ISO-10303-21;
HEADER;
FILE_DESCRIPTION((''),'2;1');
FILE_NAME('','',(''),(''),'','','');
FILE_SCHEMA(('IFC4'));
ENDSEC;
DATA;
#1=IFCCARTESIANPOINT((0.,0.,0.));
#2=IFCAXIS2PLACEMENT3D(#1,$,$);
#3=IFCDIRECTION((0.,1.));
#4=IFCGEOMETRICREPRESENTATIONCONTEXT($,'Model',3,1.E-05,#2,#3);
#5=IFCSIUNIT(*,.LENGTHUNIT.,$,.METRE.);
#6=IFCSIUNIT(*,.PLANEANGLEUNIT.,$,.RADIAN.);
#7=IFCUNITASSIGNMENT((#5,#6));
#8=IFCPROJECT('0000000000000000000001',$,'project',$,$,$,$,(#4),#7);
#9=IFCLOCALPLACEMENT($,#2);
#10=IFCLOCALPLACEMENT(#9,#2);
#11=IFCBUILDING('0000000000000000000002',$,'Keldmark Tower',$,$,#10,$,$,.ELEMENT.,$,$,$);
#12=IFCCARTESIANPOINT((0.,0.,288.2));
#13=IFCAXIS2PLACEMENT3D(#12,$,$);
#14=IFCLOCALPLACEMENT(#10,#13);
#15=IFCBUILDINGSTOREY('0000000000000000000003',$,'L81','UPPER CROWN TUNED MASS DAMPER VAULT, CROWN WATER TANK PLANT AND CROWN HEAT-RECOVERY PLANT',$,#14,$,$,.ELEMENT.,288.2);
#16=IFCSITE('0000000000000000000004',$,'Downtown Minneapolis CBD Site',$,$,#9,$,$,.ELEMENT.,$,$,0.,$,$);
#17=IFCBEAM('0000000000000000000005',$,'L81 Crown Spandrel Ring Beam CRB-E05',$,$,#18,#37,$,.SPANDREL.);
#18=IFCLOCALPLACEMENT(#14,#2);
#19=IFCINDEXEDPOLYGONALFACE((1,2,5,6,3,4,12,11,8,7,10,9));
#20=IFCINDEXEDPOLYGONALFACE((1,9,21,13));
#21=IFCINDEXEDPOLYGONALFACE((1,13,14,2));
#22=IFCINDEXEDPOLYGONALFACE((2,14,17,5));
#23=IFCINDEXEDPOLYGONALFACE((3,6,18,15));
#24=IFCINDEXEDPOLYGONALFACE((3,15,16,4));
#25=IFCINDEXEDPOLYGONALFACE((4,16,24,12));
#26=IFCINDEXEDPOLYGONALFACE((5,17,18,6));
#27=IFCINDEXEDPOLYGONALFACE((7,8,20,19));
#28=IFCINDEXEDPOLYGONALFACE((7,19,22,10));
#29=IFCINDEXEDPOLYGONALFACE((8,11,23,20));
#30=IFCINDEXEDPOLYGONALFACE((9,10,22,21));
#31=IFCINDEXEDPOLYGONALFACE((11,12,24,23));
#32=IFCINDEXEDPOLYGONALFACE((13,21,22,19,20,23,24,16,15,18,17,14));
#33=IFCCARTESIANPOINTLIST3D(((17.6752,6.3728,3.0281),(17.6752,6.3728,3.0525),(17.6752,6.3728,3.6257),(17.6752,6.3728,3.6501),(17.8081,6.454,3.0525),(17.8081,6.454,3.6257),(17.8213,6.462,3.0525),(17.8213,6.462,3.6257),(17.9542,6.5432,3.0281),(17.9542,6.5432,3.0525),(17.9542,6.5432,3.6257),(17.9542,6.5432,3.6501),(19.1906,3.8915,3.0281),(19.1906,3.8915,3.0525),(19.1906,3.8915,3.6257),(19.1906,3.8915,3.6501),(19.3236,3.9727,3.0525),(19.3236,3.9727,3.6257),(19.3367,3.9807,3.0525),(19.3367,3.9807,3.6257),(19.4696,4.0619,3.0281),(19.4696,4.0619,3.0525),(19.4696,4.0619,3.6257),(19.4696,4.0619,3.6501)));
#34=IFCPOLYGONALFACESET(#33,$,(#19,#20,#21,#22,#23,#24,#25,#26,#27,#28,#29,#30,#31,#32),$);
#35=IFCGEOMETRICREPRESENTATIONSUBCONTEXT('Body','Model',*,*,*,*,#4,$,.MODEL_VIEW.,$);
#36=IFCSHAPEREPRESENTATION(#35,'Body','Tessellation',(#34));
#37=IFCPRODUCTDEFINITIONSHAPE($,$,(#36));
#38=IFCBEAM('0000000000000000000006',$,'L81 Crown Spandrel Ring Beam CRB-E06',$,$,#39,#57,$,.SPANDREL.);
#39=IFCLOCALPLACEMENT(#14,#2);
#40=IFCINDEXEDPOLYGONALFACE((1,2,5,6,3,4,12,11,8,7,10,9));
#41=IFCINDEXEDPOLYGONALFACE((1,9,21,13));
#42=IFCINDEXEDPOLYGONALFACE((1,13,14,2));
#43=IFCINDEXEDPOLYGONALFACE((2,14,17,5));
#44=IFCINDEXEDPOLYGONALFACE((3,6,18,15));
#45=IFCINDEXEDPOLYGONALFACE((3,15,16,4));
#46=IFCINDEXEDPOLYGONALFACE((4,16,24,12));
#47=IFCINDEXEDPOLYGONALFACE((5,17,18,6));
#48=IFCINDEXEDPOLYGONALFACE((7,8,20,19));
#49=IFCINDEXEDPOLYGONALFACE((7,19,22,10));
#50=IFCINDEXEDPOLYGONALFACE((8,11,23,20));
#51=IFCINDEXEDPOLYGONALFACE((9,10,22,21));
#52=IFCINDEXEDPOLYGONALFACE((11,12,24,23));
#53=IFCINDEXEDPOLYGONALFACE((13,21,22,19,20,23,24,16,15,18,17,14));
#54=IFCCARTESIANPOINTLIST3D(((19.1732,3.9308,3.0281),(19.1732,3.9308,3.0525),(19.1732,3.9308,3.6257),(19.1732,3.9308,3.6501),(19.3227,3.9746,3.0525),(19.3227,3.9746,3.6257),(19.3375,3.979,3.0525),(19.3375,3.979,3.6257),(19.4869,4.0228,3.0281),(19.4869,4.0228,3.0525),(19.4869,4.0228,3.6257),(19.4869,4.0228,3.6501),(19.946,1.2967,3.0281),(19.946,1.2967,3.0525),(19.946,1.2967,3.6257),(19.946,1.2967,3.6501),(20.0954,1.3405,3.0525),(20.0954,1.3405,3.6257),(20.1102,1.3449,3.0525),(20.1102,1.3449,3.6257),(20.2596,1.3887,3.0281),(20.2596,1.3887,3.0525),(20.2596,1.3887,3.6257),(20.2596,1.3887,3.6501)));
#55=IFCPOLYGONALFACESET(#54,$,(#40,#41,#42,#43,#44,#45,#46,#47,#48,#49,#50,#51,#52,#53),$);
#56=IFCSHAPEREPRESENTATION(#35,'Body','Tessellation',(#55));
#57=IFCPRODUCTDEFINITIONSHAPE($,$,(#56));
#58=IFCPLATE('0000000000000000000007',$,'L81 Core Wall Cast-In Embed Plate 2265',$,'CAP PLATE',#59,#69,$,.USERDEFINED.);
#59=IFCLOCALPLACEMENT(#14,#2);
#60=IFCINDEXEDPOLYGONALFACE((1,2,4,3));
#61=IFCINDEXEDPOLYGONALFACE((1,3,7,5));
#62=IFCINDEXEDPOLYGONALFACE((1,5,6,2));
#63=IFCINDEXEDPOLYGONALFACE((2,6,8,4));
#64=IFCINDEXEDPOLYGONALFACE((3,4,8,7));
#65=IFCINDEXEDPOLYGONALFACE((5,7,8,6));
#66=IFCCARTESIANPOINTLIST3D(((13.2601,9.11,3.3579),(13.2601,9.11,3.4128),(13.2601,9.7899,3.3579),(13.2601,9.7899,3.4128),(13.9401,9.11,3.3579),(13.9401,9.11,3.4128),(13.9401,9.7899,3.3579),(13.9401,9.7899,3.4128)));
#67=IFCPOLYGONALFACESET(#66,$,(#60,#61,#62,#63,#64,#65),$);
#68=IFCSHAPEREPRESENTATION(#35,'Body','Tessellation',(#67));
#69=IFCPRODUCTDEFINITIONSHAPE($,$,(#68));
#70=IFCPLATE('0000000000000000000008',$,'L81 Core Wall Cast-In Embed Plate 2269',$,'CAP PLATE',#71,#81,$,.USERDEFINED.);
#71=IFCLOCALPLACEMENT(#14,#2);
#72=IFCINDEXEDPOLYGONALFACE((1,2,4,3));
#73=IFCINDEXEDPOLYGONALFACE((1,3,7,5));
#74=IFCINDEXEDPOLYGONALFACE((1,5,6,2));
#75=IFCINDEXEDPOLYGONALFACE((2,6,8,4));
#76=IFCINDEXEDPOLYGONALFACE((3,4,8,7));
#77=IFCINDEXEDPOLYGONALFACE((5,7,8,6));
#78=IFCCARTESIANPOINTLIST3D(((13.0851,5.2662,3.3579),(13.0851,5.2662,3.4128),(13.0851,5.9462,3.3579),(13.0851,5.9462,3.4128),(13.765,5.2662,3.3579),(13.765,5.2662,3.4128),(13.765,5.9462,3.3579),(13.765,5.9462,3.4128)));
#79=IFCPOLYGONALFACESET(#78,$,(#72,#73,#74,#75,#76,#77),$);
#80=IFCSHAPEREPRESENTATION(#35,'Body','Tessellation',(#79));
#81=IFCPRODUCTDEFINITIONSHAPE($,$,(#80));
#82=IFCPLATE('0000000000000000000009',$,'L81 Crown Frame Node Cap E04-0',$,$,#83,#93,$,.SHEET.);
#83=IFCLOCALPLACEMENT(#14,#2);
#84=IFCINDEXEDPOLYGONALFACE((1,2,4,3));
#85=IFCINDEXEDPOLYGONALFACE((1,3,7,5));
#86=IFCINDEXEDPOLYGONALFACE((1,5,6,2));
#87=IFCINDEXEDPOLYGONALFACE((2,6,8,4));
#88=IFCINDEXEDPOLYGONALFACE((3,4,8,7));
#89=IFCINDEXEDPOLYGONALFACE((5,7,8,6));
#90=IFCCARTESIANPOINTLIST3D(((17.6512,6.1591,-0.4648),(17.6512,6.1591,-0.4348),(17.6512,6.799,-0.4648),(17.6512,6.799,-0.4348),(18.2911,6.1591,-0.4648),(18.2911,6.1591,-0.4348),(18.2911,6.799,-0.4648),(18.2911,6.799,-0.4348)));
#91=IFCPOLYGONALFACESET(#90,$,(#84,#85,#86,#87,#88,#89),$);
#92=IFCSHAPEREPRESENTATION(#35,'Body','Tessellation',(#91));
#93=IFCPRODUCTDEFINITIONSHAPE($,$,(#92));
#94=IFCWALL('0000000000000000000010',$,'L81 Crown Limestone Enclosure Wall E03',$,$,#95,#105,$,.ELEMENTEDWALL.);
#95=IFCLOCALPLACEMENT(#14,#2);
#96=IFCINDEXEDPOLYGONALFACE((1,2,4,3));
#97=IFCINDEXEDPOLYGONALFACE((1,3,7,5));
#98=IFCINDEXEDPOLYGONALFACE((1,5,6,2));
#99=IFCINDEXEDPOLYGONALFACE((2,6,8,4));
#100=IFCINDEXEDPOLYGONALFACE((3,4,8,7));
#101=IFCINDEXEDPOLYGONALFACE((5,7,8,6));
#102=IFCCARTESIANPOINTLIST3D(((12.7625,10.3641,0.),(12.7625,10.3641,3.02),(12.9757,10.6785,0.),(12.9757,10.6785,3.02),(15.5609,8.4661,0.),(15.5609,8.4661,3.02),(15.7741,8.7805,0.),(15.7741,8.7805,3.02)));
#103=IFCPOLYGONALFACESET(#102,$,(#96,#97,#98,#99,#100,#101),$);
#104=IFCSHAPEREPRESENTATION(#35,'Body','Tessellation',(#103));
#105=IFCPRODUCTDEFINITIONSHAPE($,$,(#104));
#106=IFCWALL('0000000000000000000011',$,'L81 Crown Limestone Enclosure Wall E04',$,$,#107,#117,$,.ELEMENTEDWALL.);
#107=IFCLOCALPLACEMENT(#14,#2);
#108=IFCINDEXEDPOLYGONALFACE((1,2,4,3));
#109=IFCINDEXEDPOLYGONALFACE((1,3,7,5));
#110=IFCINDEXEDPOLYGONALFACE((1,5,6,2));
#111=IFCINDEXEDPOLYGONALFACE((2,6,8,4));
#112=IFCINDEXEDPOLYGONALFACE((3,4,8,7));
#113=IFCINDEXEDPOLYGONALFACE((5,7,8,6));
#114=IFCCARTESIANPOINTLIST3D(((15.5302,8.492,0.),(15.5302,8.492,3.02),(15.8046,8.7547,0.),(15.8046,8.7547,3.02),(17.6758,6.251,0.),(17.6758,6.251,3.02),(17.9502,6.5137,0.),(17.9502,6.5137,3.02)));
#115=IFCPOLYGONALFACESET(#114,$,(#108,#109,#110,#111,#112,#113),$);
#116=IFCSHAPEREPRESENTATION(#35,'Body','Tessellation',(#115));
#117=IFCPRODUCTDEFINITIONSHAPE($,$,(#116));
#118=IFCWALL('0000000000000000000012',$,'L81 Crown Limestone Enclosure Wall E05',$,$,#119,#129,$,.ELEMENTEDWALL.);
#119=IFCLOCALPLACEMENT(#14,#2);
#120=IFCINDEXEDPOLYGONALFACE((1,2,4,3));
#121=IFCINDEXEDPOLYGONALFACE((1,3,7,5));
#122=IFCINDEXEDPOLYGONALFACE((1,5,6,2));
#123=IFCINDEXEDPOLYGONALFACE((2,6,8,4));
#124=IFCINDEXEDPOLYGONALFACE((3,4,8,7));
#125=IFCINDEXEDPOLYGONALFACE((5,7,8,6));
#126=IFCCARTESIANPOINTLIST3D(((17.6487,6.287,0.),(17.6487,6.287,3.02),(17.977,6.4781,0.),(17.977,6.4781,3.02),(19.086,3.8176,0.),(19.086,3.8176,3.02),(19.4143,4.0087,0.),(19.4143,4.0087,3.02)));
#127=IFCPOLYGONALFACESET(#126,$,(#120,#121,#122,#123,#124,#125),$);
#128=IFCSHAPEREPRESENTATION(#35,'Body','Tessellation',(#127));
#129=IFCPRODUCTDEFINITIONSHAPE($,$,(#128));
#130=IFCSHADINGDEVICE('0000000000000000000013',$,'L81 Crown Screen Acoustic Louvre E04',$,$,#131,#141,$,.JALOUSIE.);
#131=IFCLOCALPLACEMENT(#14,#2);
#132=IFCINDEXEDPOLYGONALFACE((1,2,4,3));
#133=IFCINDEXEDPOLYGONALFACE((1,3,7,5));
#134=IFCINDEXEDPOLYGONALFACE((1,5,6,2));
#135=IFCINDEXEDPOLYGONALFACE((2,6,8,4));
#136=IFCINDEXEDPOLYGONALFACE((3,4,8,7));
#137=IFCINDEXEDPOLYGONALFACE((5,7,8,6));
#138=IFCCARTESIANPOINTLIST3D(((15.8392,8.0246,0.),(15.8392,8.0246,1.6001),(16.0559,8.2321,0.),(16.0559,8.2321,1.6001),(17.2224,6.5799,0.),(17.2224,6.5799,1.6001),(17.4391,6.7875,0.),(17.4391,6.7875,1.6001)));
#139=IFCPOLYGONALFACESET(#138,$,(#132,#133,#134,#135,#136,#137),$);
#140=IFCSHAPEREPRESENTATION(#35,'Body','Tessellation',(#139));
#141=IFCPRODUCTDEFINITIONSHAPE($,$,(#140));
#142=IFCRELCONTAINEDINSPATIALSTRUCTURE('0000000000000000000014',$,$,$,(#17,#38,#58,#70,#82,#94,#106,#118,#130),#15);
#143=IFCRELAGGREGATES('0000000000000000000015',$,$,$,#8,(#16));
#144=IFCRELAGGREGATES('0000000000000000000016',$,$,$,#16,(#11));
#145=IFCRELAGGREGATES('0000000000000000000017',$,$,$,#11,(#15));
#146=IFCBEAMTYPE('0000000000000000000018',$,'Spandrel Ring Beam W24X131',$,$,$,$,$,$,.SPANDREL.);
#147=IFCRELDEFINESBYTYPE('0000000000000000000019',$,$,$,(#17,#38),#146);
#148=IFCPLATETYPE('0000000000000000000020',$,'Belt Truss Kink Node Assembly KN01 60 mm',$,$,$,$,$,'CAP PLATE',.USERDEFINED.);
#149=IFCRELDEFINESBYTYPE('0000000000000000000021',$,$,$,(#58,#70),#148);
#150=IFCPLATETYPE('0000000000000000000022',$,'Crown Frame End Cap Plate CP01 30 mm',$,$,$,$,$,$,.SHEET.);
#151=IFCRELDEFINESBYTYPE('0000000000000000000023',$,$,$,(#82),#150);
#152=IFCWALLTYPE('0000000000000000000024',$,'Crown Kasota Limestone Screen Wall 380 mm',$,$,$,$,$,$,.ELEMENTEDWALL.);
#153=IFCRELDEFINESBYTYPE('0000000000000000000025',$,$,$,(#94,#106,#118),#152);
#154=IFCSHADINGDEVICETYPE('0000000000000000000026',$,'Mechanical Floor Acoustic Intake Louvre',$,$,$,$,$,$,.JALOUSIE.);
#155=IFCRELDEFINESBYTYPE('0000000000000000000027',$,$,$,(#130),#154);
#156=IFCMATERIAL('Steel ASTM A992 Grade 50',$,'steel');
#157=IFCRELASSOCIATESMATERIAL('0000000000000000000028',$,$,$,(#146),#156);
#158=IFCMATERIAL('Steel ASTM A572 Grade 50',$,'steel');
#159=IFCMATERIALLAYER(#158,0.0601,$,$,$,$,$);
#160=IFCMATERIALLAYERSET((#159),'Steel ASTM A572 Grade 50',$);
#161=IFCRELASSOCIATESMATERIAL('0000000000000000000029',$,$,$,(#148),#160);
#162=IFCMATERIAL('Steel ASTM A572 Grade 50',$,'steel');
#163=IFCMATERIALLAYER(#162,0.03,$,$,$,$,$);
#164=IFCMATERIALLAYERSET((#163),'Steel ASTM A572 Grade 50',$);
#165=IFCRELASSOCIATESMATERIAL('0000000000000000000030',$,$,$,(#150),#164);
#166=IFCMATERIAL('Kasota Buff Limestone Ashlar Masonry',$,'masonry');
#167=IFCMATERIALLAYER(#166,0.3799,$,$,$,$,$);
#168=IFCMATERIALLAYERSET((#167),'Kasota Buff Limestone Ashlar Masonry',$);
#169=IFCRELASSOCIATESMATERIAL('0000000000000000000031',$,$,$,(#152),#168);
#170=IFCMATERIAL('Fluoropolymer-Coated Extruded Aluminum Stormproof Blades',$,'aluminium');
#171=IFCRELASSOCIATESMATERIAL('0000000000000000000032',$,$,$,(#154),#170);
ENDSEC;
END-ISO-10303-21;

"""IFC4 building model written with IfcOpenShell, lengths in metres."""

from ifc_helpers import new_model, si_unit, direction, frame, frame_2d, origin, origin_2d, place, context, subcontext, project, spatial, rectangle, i_section, extrude, material, layer, layer_set, material_profile, profile_set, type_object, element, save


model = new_model("IFC4")

# Units and contexts
model_context = context("Model", 3, precision=1e-05, world=origin(), true_north=direction((0.0, 1.0)))
body_context = subcontext(model_context, "Body", "Model", "MODEL_VIEW")
ifc_project = project(units=[si_unit("LENGTHUNIT", "METRE"), si_unit("PLANEANGLEUNIT", "RADIAN")], contexts=[model_context])

# Site, building, storey
site_placement = place(None, origin())
site = spatial("IfcSite", under=ifc_project, at=site_placement, Name="Downtown Minneapolis CBD Site", CompositionType="ELEMENT", RefElevation=0.0)
building_placement = place(site_placement, origin())
building = spatial("IfcBuilding", under=site, at=building_placement, Name="Keldmark Tower", CompositionType="ELEMENT")
storey_placement = place(building_placement, frame((0.0, 0.0, 288.2)))
storey = spatial("IfcBuildingStorey", under=building, at=storey_placement, Name="L81", Description="UPPER CROWN TUNED MASS DAMPER VAULT, CROWN WATER TANK PLANT AND CROWN HEAT-RECOVERY PLANT", CompositionType="ELEMENT", Elevation=288.2)

# Beams
ifc_material_1 = material(Name="Steel ASTM A992 Grade 50", Category="steel")
ifc_material_profile_1 = material_profile(ifc_material_1, i_section(OverallWidth=0.3269, OverallDepth=0.6221, WebThickness=0.0154, FlangeThickness=0.0244, at=origin_2d()), Name="W24X131")
ifc_profile_set_1 = profile_set([ifc_material_profile_1], Name="Steel ASTM A992 Grade 50")
beam_type_1 = type_object("IfcBeamType", Name="Spandrel Ring Beam W24X131", PredefinedType="SPANDREL", material=ifc_profile_set_1)
beam_1_placement = place(storey_placement, frame((17.8147, 6.458, 3.3391), z_axis=(0.521222, -0.853421, 0.0), x_axis=(0.853421, 0.521222, 0.0)))
element("IfcBeam", 1, at=beam_1_placement, inside=storey, type_object=beam_type_1, Name="L81 Crown Spandrel Ring Beam CRB-E05", PredefinedType="SPANDREL", context=body_context, shape_type="SweptSolid", body=[
    extrude(i_section(OverallWidth=0.3269, OverallDepth=0.6221, WebThickness=0.0154, FlangeThickness=0.0244, at=origin_2d()), origin(), (0.0, 0.0, 1.0), 2.9075),
])
beam_2_placement = place(storey_placement, frame((19.3301, 3.9768, 3.3391), z_axis=(0.281492, -0.959564, 0.0), x_axis=(0.959564, 0.281492, 0.0)))
element("IfcBeam", 2, at=beam_2_placement, inside=storey, type_object=beam_type_1, Name="L81 Crown Spandrel Ring Beam CRB-E06", PredefinedType="SPANDREL", context=body_context, shape_type="SweptSolid", body=[
    extrude(i_section(OverallWidth=0.3269, OverallDepth=0.6221, WebThickness=0.0154, FlangeThickness=0.0244, at=origin_2d()), origin(), (0.0, 0.0, 1.0), 2.7451),
])

# Plates
ifc_material_2 = material(Name="Steel ASTM A572 Grade 50", Category="steel")
ifc_layer_1 = layer(ifc_material_2, 0.0601)
ifc_layer_set_1 = layer_set([ifc_layer_1], Name="Steel ASTM A572 Grade 50")
plate_type_1 = type_object("IfcPlateType", Name="Belt Truss Kink Node Assembly KN01 60 mm", ElementType="CAP PLATE", PredefinedType="USERDEFINED", material=ifc_layer_set_1)
for number, where, z_axis, x_axis, name in (
    (3, (13.6001, 9.45, 3.3579), (0.0, 0.0, 1.0), (1.0, 0.0, 0.0), "L81 Core Wall Cast-In Embed Plate 2265"),
    (4, (13.425, 5.6062, 3.3579), (0.0, 0.0, 1.0), (1.0, 0.0, 0.0), "L81 Core Wall Cast-In Embed Plate 2269"),
):
    element("IfcPlate", number, at=place(storey_placement, frame(where, z_axis=z_axis, x_axis=x_axis)), inside=storey, type_object=plate_type_1, Name=name, ObjectType="CAP PLATE", PredefinedType="USERDEFINED", context=body_context, shape_type="SweptSolid", body=[
        extrude(rectangle(XDim=0.6799, YDim=0.6799, at=origin_2d()), origin(), (0.0, 0.0, 1.0), 0.0549),
    ])
ifc_material_3 = material(Name="Steel ASTM A572 Grade 50", Category="steel")
ifc_layer_2 = layer(ifc_material_3, 0.03)
ifc_layer_set_2 = layer_set([ifc_layer_2], Name="Steel ASTM A572 Grade 50")
plate_type_2 = type_object("IfcPlateType", Name="Crown Frame End Cap Plate CP01 30 mm", PredefinedType="SHEET", material=ifc_layer_set_2)
plate_placement = place(storey_placement, frame((17.9712, 6.479, -0.4648), z_axis=(0.0, 0.0, 1.0), x_axis=(1.0, 0.0, 0.0)))
element("IfcPlate", 5, at=plate_placement, inside=storey, type_object=plate_type_2, Name="L81 Crown Frame Node Cap E04-0", PredefinedType="SHEET", context=body_context, shape_type="SweptSolid", body=[
    extrude(rectangle(XDim=0.6399, YDim=0.6399, at=origin_2d()), origin(), (0.0, 0.0, 1.0), 0.03),
])

# Walls
ifc_material_4 = material(Name="Kasota Buff Limestone Ashlar Masonry", Category="masonry")
ifc_layer_3 = layer(ifc_material_4, 0.3799)
ifc_layer_set_3 = layer_set([ifc_layer_3], Name="Kasota Buff Limestone Ashlar Masonry")
wall_type_1 = type_object("IfcWallType", Name="Crown Kasota Limestone Screen Wall 380 mm", PredefinedType="ELEMENTEDWALL", material=ifc_layer_set_3)
wall_1_placement = place(storey_placement, frame((15.6675, 8.6233, 0.0), z_axis=(0.0, 0.0, 1.0), x_axis=(-0.827603, 0.561314, 0.0)))
element("IfcWall", 6, at=wall_1_placement, inside=storey, type_object=wall_type_1, Name="L81 Crown Limestone Enclosure Wall E03", PredefinedType="ELEMENTEDWALL", context=body_context, shape_type="SweptSolid", body=[
    extrude(rectangle(XDim=3.3813, YDim=0.3799, at=frame_2d((1.6907, 0.0))), origin(), (0.0, 0.0, 1.0), 3.02),
])
wall_2_placement = place(storey_placement, frame((17.813, 6.3823, 0.0), z_axis=(0.0, 0.0, 1.0), x_axis=(-0.691555, 0.722324, 0.0)))
element("IfcWall", 7, at=wall_2_placement, inside=storey, type_object=wall_type_1, Name="L81 Crown Limestone Enclosure Wall E04", PredefinedType="ELEMENTEDWALL", context=body_context, shape_type="SweptSolid", body=[
    extrude(rectangle(XDim=3.1025, YDim=0.3799, at=frame_2d((1.5513, 0.0))), origin(), (0.0, 0.0, 1.0), 3.02),
])
wall_3_placement = place(storey_placement, frame((19.2502, 3.9131, 0.0), z_axis=(0.0, 0.0, 1.0), x_axis=(-0.503053, 0.864256, 0.0)))
element("IfcWall", 8, at=wall_3_placement, inside=storey, type_object=wall_type_1, Name="L81 Crown Limestone Enclosure Wall E05", PredefinedType="ELEMENTEDWALL", context=body_context, shape_type="SweptSolid", body=[
    extrude(rectangle(XDim=2.8572, YDim=0.3799, at=frame_2d((1.4287, 0.0))), origin(), (0.0, 0.0, 1.0), 3.02),
])

# Shading device
ifc_material_5 = material(Name="Fluoropolymer-Coated Extruded Aluminum Stormproof Blades", Category="aluminium")
shading_device_type = type_object("IfcShadingDeviceType", Name="Mechanical Floor Acoustic Intake Louvre", PredefinedType="JALOUSIE", material=ifc_material_5)
shading_device_placement = place(storey_placement, frame((16.6392, 7.406, 0.0), z_axis=(0.0, 0.0, 1.0), x_axis=(-0.691576, 0.722304, 0.0)))
element("IfcShadingDevice", 9, at=shading_device_placement, inside=storey, type_object=shading_device_type, Name="L81 Crown Screen Acoustic Louvre E04", PredefinedType="JALOUSIE", context=body_context, shape_type="SweptSolid", body=[
    extrude(rectangle(XDim=2.0, YDim=0.3, at=origin_2d()), origin(), (0.0, 0.0, 1.0), 1.6001),
])

save(model, "model.ifc")
